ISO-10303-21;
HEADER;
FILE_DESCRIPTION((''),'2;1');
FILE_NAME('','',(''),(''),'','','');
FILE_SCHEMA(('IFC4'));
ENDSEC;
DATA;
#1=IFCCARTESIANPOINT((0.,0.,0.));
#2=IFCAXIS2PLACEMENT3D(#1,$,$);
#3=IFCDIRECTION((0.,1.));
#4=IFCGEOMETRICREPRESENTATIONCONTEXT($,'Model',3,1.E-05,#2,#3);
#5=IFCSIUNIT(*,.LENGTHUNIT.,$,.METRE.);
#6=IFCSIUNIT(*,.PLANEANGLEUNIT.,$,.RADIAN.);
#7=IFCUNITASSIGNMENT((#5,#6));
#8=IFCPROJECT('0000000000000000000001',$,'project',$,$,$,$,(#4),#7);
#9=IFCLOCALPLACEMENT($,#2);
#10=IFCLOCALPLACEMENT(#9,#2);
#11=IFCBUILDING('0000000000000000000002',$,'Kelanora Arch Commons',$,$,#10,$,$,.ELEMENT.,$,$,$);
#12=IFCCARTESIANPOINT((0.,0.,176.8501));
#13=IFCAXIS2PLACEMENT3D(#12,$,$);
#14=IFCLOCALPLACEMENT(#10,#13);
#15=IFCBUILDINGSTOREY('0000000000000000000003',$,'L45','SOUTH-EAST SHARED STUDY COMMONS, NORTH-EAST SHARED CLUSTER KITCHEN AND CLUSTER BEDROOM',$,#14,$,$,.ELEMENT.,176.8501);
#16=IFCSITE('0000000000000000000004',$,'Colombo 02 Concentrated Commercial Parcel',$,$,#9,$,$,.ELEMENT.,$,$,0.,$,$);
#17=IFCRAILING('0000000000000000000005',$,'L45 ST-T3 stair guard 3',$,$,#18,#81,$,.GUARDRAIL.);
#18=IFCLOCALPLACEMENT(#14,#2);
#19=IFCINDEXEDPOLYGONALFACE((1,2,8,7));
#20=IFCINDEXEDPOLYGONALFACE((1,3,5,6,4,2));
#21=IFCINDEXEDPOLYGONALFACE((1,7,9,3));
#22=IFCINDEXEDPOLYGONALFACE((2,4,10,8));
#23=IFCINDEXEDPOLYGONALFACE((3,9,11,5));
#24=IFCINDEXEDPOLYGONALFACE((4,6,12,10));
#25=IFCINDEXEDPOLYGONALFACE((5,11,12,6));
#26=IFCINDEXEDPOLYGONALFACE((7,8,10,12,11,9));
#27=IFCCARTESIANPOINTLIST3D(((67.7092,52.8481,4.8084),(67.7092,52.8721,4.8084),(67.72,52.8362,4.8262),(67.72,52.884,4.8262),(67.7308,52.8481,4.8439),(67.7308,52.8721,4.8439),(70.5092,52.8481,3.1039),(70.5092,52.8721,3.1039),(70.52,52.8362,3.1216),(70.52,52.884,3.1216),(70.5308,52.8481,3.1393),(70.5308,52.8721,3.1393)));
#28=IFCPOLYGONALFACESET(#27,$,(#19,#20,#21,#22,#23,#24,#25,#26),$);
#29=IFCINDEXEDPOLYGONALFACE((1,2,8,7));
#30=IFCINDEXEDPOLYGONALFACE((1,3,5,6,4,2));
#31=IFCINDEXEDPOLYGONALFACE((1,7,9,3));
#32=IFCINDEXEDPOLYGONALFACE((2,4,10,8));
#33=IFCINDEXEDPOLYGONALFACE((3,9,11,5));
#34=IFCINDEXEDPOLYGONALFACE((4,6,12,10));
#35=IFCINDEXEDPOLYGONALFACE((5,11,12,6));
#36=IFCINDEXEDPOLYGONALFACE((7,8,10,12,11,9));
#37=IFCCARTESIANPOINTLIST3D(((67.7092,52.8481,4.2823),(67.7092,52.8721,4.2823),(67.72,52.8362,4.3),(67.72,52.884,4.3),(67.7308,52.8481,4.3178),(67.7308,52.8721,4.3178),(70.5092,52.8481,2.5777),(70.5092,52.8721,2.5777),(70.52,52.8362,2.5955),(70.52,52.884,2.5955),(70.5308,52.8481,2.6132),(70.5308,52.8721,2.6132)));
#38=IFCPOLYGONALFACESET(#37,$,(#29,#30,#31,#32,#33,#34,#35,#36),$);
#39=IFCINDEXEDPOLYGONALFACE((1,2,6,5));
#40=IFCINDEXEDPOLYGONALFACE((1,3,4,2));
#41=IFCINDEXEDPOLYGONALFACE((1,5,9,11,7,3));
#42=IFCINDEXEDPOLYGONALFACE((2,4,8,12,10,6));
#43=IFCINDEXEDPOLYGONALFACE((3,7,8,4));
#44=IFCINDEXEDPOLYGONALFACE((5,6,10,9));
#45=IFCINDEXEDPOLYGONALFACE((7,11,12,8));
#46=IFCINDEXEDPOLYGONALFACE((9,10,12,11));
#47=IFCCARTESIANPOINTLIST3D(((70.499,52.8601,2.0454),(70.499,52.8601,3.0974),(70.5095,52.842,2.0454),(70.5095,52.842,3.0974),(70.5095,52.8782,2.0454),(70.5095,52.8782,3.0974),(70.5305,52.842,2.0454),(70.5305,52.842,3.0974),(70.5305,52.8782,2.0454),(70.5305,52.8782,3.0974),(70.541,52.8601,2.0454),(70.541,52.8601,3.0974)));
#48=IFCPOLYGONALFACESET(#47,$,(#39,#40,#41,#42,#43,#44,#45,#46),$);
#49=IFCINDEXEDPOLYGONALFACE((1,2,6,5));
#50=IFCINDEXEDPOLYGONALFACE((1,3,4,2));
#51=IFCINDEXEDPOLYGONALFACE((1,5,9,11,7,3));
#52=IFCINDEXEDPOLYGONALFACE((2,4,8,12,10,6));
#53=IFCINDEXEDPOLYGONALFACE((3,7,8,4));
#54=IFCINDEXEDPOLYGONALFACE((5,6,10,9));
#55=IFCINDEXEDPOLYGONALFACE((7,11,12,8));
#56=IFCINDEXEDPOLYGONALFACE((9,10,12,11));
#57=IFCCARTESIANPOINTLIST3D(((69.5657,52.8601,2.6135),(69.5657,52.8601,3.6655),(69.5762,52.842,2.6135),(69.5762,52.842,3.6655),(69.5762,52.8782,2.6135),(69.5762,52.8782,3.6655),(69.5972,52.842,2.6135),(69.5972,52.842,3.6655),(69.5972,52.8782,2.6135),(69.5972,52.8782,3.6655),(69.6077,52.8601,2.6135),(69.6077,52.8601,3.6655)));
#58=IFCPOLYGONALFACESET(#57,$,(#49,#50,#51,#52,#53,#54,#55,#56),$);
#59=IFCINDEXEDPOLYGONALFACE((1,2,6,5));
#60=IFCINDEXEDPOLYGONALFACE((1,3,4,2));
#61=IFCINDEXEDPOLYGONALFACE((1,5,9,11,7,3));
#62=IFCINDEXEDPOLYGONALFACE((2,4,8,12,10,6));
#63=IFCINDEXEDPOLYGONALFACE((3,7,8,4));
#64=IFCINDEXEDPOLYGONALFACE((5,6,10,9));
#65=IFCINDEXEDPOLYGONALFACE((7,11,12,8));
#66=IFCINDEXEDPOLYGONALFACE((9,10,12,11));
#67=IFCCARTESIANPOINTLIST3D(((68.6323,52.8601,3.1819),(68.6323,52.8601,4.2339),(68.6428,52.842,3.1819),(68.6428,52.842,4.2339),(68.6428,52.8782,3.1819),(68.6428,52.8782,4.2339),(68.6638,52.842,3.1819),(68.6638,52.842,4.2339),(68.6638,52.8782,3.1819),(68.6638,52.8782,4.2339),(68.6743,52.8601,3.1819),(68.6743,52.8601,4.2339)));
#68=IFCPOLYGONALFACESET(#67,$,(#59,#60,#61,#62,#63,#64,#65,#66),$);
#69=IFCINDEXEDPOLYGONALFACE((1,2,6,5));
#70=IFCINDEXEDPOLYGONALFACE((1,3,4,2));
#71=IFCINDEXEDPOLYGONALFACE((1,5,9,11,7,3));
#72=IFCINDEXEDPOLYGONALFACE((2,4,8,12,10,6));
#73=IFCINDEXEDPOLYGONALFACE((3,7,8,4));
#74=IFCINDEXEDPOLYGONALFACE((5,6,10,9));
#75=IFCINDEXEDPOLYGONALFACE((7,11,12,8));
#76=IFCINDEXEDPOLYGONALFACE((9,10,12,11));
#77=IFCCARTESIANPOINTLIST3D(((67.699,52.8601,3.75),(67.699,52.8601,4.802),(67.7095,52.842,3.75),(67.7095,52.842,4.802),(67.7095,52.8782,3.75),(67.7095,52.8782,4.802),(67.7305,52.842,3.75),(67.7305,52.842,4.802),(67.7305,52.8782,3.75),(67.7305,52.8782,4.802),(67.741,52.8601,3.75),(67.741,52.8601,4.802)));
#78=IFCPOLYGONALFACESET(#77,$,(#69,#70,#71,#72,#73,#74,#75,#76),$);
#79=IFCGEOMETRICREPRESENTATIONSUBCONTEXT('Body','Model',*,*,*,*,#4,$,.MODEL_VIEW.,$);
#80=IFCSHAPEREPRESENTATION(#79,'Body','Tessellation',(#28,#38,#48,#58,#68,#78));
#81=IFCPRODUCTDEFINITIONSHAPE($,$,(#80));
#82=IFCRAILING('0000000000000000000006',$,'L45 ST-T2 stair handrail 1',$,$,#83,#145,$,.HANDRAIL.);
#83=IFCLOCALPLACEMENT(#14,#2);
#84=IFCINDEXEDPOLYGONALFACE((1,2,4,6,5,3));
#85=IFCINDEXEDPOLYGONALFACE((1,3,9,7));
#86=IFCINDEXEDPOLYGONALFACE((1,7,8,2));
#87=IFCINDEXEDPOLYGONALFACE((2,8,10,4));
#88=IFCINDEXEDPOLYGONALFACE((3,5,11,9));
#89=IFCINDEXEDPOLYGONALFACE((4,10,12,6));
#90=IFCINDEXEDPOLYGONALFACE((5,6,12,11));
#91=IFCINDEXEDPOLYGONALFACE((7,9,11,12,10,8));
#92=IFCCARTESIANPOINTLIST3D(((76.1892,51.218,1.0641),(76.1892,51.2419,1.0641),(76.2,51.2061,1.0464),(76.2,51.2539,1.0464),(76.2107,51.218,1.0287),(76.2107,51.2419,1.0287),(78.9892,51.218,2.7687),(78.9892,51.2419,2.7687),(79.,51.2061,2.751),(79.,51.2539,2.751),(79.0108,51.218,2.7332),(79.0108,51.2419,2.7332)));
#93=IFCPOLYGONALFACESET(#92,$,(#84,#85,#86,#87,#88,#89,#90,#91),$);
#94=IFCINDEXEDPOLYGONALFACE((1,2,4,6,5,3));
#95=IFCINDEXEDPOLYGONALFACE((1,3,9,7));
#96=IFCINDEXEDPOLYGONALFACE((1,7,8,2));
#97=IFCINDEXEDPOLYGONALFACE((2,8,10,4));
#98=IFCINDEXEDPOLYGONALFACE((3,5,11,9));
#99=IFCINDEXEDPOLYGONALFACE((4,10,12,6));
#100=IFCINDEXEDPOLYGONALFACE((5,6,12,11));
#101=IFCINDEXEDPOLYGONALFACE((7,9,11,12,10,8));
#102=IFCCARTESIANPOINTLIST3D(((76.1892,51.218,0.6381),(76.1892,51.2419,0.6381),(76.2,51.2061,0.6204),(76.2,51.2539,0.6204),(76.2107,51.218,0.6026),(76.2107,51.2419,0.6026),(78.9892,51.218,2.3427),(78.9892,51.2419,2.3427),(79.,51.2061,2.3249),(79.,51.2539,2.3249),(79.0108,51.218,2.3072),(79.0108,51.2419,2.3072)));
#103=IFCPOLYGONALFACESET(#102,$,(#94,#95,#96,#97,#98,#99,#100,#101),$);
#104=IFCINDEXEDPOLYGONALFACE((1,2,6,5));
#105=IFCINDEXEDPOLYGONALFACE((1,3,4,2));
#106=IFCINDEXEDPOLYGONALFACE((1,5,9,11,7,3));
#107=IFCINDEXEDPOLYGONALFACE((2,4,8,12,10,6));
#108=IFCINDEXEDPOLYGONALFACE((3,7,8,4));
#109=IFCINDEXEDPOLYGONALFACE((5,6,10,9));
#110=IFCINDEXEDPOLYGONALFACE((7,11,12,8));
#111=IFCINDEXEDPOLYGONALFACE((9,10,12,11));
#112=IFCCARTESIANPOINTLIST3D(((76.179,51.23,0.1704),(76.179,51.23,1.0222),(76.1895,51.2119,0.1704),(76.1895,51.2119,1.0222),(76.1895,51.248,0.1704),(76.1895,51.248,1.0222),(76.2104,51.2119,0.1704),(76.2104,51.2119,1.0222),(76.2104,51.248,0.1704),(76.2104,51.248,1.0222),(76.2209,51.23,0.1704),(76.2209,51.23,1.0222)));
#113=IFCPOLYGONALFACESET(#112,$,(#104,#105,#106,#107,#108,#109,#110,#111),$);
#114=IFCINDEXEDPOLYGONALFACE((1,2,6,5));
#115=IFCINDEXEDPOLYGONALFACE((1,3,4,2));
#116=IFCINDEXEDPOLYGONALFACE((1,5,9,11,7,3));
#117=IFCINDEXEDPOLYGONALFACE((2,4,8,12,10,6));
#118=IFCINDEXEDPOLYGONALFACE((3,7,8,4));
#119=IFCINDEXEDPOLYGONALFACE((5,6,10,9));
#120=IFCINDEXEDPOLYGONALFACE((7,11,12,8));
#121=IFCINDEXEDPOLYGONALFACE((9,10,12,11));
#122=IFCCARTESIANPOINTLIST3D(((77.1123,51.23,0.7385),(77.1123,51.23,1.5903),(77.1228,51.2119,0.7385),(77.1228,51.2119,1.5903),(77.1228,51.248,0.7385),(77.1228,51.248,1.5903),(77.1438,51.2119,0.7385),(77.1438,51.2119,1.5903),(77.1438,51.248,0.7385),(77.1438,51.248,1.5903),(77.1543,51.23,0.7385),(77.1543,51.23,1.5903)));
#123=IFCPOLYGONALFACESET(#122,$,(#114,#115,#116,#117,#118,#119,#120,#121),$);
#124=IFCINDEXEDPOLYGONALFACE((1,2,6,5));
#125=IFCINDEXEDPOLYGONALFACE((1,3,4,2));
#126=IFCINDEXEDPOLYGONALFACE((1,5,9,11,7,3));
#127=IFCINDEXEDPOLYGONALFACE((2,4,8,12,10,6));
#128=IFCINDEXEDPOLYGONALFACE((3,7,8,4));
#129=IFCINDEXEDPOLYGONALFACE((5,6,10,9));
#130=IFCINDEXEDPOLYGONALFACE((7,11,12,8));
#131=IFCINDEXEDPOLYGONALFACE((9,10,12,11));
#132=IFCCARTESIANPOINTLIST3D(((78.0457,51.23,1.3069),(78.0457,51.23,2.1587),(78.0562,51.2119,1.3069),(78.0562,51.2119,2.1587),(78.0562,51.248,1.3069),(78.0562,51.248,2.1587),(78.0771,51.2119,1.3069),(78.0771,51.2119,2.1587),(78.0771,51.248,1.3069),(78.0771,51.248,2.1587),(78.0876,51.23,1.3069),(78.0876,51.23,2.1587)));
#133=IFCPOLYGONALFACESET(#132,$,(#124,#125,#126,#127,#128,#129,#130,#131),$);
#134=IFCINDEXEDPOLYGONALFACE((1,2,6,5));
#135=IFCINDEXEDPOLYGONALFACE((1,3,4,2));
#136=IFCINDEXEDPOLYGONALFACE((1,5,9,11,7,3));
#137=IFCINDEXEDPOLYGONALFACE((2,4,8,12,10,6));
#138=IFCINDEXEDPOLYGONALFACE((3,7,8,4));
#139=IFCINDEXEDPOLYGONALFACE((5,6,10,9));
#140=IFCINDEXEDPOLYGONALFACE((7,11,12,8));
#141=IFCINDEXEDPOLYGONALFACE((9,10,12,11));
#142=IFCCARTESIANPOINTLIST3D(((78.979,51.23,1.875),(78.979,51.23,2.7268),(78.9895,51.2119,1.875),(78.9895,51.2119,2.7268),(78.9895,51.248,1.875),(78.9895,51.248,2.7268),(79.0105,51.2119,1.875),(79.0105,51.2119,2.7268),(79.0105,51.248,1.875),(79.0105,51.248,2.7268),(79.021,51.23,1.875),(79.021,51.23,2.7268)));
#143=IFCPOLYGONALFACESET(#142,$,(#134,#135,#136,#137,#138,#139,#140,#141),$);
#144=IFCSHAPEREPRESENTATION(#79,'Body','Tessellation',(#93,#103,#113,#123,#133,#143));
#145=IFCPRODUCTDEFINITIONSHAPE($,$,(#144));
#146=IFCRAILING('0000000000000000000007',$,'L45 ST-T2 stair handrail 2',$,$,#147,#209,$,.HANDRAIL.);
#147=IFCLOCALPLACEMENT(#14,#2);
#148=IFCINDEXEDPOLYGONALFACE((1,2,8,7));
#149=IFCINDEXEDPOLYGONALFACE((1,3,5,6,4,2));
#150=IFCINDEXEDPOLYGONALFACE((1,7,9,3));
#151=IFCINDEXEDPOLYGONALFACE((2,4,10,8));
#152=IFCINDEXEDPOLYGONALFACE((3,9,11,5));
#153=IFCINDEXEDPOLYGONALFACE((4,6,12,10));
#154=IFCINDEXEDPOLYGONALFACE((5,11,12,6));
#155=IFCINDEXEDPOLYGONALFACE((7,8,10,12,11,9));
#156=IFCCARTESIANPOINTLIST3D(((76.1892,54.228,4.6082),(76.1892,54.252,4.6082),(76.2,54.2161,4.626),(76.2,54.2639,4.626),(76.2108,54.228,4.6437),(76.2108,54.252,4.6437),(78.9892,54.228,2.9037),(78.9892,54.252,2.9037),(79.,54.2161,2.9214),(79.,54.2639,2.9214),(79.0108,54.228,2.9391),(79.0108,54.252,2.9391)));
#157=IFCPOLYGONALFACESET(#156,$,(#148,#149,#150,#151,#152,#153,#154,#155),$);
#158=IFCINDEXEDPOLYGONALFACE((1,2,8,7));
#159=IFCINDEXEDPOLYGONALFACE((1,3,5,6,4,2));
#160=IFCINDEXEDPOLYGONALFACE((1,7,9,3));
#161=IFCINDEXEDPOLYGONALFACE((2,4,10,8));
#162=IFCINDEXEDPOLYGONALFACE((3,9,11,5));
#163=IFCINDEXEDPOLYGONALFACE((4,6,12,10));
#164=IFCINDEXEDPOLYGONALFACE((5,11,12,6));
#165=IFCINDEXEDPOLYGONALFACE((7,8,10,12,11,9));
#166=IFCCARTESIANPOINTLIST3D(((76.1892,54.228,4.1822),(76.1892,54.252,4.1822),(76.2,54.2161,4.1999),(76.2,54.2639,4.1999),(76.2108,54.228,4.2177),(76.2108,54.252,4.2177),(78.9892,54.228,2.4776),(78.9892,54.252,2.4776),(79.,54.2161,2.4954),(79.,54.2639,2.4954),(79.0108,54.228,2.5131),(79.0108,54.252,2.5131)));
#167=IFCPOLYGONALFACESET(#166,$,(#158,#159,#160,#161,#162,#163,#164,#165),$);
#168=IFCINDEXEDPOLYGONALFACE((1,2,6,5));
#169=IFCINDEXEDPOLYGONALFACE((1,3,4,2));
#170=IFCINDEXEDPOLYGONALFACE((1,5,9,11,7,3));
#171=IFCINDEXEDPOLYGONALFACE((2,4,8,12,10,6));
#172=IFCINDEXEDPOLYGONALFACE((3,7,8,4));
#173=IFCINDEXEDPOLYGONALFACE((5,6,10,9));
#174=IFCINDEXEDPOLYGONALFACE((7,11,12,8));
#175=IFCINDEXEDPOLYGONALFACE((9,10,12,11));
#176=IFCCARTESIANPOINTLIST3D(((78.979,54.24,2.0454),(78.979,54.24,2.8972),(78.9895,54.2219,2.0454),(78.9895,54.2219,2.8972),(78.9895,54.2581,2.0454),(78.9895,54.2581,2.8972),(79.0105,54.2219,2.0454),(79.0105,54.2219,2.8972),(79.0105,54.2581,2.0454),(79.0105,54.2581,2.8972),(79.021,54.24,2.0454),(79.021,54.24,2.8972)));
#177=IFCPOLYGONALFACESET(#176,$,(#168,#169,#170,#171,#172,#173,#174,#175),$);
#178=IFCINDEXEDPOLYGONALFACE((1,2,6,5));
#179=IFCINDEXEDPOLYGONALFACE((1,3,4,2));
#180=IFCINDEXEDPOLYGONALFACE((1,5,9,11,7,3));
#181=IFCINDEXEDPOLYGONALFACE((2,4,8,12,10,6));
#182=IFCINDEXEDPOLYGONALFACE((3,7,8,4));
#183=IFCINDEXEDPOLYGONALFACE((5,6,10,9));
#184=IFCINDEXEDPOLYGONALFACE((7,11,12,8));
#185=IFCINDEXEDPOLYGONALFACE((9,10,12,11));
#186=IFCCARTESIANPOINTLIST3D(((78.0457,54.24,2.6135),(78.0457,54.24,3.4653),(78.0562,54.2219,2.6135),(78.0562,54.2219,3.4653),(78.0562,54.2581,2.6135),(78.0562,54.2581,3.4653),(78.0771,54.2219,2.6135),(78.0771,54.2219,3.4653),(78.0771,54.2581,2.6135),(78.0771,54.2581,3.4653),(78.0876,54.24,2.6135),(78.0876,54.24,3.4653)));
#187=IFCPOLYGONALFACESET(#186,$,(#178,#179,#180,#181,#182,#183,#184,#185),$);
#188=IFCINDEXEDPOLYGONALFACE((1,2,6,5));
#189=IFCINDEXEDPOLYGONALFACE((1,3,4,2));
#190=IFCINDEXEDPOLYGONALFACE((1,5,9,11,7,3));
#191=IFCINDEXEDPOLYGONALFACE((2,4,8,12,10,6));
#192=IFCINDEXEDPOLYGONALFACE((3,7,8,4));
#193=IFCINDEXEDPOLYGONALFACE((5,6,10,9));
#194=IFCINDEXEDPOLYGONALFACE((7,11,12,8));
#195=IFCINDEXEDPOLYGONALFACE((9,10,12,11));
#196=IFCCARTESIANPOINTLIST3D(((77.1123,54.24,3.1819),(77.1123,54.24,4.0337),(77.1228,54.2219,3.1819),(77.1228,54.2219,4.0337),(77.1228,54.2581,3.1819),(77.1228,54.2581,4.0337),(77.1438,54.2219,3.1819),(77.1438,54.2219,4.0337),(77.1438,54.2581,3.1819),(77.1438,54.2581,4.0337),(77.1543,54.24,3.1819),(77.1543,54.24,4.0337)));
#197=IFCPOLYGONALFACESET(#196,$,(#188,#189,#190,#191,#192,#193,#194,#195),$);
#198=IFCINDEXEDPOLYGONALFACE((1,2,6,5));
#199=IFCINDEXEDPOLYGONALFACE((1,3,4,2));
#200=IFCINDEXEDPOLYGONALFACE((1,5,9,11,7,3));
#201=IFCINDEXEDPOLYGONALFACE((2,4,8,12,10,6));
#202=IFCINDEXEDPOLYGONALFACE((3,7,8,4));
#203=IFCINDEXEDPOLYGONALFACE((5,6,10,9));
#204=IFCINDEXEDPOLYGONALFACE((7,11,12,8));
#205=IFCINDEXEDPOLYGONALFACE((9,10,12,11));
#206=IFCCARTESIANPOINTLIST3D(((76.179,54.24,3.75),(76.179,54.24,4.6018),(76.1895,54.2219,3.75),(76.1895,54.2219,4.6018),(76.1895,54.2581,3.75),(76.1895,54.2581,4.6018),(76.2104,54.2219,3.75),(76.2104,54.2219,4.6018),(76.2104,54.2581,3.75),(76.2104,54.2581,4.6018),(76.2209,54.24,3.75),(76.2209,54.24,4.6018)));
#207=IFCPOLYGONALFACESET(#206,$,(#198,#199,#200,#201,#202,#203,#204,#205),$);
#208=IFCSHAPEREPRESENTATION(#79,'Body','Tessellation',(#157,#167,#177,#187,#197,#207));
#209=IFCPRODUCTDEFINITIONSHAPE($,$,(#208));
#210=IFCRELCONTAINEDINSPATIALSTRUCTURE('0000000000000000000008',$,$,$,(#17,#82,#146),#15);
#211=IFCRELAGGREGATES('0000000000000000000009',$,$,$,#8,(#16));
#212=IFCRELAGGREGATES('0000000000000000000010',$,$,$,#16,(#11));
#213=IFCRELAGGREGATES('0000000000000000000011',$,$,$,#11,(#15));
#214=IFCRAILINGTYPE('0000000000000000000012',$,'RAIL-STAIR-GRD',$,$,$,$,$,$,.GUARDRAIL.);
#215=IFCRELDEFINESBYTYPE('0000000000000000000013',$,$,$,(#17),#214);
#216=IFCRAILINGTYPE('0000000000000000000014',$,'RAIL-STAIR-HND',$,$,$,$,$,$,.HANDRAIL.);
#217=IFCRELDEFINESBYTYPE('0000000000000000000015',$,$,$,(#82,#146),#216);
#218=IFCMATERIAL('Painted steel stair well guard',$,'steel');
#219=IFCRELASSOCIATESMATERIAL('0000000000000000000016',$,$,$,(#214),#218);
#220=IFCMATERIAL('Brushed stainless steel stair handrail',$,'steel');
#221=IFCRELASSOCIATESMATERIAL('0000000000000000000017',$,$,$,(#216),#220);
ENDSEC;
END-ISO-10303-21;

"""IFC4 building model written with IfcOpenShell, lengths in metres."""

from ifc_helpers import new_model, si_unit, direction, frame, origin, place, context, subcontext, project, spatial, polyline, outline, extrude, material, type_object, element, save


model = new_model("IFC4")

# Units and contexts
model_context = context("Model", 3, precision=1e-05, world=origin(), true_north=direction((0.0, 1.0)))
body_context = subcontext(model_context, "Body", "Model", "MODEL_VIEW")
ifc_project = project(units=[si_unit("LENGTHUNIT", "METRE"), si_unit("PLANEANGLEUNIT", "RADIAN")], contexts=[model_context])

# Site, building, storey
site_placement = place(None, origin())
site = spatial("IfcSite", under=ifc_project, at=site_placement, Name="Colombo 02 Concentrated Commercial Parcel", CompositionType="ELEMENT", RefElevation=0.0)
building_placement = place(site_placement, origin())
building = spatial("IfcBuilding", under=site, at=building_placement, Name="Kelanora Arch Commons", CompositionType="ELEMENT")
storey_placement = place(building_placement, frame((0.0, 0.0, 176.8501)))
storey = spatial("IfcBuildingStorey", under=building, at=storey_placement, Name="L45", Description="SOUTH-EAST SHARED STUDY COMMONS, NORTH-EAST SHARED CLUSTER KITCHEN AND CLUSTER BEDROOM", CompositionType="ELEMENT", Elevation=176.8501)

# Railings
ifc_material_1 = material(Name="Painted steel stair well guard", Category="steel")
railing_type_1 = type_object("IfcRailingType", Name="RAIL-STAIR-GRD", PredefinedType="GUARDRAIL", material=ifc_material_1)
railing_1_placement = place(storey_placement, frame((70.52, 52.8601, 2.0454)))
element("IfcRailing", 1, at=railing_1_placement, inside=storey, type_object=railing_type_1, Name="L45 ST-T3 stair guard 3", PredefinedType="GUARDRAIL", context=body_context, shape_type="SweptSolid", body=[
    extrude(outline(polyline([(0.0239, 0.0), (0.012, 0.0208), (-0.012, 0.0208), (-0.0239, 0.0), (-0.012, -0.0208), (0.012, -0.0208), (0.0239, 0.0)])), frame((0.0, 0.0, 1.0762), z_axis=(-0.85417, 0.0, 0.519994), x_axis=(0.0, -1.0, 0.0)), (0.0, 0.0, 1.0), 3.2781),
    extrude(outline(polyline([(0.0239, 0.0), (0.012, 0.0208), (-0.012, 0.0208), (-0.0239, 0.0), (-0.012, -0.0208), (0.012, -0.0208), (0.0239, 0.0)])), frame((0.0, 0.0, 0.55), z_axis=(-0.85417, 0.0, 0.519994), x_axis=(0.0, -1.0, 0.0)), (0.0, 0.0, 1.0), 3.2781),
    extrude(outline(polyline([(0.021, 0.0), (0.0105, 0.0181), (-0.0105, 0.0181), (-0.021, 0.0), (-0.0105, -0.0181), (0.0105, -0.0181), (0.021, 0.0)])), origin(), (0.0, 0.0, 1.0), 1.052),
    extrude(outline(polyline([(0.021, 0.0), (0.0105, 0.0181), (-0.0105, 0.0181), (-0.021, 0.0), (-0.0105, -0.0181), (0.0105, -0.0181), (0.021, 0.0)])), frame((-0.9333, 0.0, 0.5681)), (0.0, 0.0, 1.0), 1.052),
    extrude(outline(polyline([(0.021, 0.0), (0.0105, 0.0181), (-0.0105, 0.0181), (-0.021, 0.0), (-0.0105, -0.0181), (0.0105, -0.0181), (0.021, 0.0)])), frame((-1.8667, 0.0, 1.1365)), (0.0, 0.0, 1.0), 1.052),
    extrude(outline(polyline([(0.021, 0.0), (0.0105, 0.0181), (-0.0105, 0.0181), (-0.021, 0.0), (-0.0105, -0.0181), (0.0105, -0.0181), (0.021, 0.0)])), frame((-2.8, 0.0, 1.7046)), (0.0, 0.0, 1.0), 1.052),
])
ifc_material_2 = material(Name="Brushed stainless steel stair handrail", Category="steel")
railing_type_2 = type_object("IfcRailingType", Name="RAIL-STAIR-HND", PredefinedType="HANDRAIL", material=ifc_material_2)
railing_2_placement = place(storey_placement, frame((76.2, 51.23, 0.1704)))
element("IfcRailing", 2, at=railing_2_placement, inside=storey, type_object=railing_type_2, Name="L45 ST-T2 stair handrail 1", PredefinedType="HANDRAIL", context=body_context, shape_type="SweptSolid", body=[
    extrude(outline(polyline([(0.0239, 0.0), (0.012, 0.0208), (-0.012, 0.0208), (-0.0239, 0.0), (-0.012, -0.0208), (0.012, -0.0208), (0.0239, 0.0)])), frame((0.0, 0.0, 0.876), z_axis=(0.85417, 0.0, 0.519994), x_axis=(0.0, 1.0, 0.0)), (0.0, 0.0, 1.0), 3.2781),
    extrude(outline(polyline([(0.0239, 0.0), (0.012, 0.0208), (-0.012, 0.0208), (-0.0239, 0.0), (-0.012, -0.0208), (0.012, -0.0208), (0.0239, 0.0)])), frame((0.0, 0.0, 0.45), z_axis=(0.85417, 0.0, 0.519994), x_axis=(0.0, 1.0, 0.0)), (0.0, 0.0, 1.0), 3.2781),
    extrude(outline(polyline([(0.021, 0.0), (0.0105, 0.0181), (-0.0105, 0.0181), (-0.021, 0.0), (-0.0105, -0.0181), (0.0105, -0.0181), (0.021, 0.0)])), origin(), (0.0, 0.0, 1.0), 0.8518),
    extrude(outline(polyline([(0.021, 0.0), (0.0105, 0.0181), (-0.0105, 0.0181), (-0.021, 0.0), (-0.0105, -0.0181), (0.0105, -0.0181), (0.021, 0.0)])), frame((0.9333, 0.0, 0.5681)), (0.0, 0.0, 1.0), 0.8518),
    extrude(outline(polyline([(0.021, 0.0), (0.0105, 0.0181), (-0.0105, 0.0181), (-0.021, 0.0), (-0.0105, -0.0181), (0.0105, -0.0181), (0.021, 0.0)])), frame((1.8667, 0.0, 1.1365)), (0.0, 0.0, 1.0), 0.8518),
    extrude(outline(polyline([(0.021, 0.0), (0.0105, 0.0181), (-0.0105, 0.0181), (-0.021, 0.0), (-0.0105, -0.0181), (0.0105, -0.0181), (0.021, 0.0)])), frame((2.8, 0.0, 1.7046)), (0.0, 0.0, 1.0), 0.8518),
])
railing_3_placement = place(storey_placement, frame((79.0, 54.24, 2.0454)))
element("IfcRailing", 3, at=railing_3_placement, inside=storey, type_object=railing_type_2, Name="L45 ST-T2 stair handrail 2", PredefinedType="HANDRAIL", context=body_context, shape_type="SweptSolid", body=[
    extrude(outline(polyline([(0.0239, 0.0), (0.012, 0.0208), (-0.012, 0.0208), (-0.0239, 0.0), (-0.012, -0.0208), (0.012, -0.0208), (0.0239, 0.0)])), frame((0.0, 0.0, 0.876), z_axis=(-0.85417, 0.0, 0.519994), x_axis=(0.0, -1.0, 0.0)), (0.0, 0.0, 1.0), 3.2781),
    extrude(outline(polyline([(0.0239, 0.0), (0.012, 0.0208), (-0.012, 0.0208), (-0.0239, 0.0), (-0.012, -0.0208), (0.012, -0.0208), (0.0239, 0.0)])), frame((0.0, 0.0, 0.45), z_axis=(-0.85417, 0.0, 0.519994), x_axis=(0.0, -1.0, 0.0)), (0.0, 0.0, 1.0), 3.2781),
    extrude(outline(polyline([(0.021, 0.0), (0.0105, 0.0181), (-0.0105, 0.0181), (-0.021, 0.0), (-0.0105, -0.0181), (0.0105, -0.0181), (0.021, 0.0)])), origin(), (0.0, 0.0, 1.0), 0.8518),
    extrude(outline(polyline([(0.021, 0.0), (0.0105, 0.0181), (-0.0105, 0.0181), (-0.021, 0.0), (-0.0105, -0.0181), (0.0105, -0.0181), (0.021, 0.0)])), frame((-0.9333, 0.0, 0.5681)), (0.0, 0.0, 1.0), 0.8518),
    extrude(outline(polyline([(0.021, 0.0), (0.0105, 0.0181), (-0.0105, 0.0181), (-0.021, 0.0), (-0.0105, -0.0181), (0.0105, -0.0181), (0.021, 0.0)])), frame((-1.8667, 0.0, 1.1365)), (0.0, 0.0, 1.0), 0.8518),
    extrude(outline(polyline([(0.021, 0.0), (0.0105, 0.0181), (-0.0105, 0.0181), (-0.021, 0.0), (-0.0105, -0.0181), (0.0105, -0.0181), (0.021, 0.0)])), frame((-2.8, 0.0, 1.7046)), (0.0, 0.0, 1.0), 0.8518),
])

save(model, "model.ifc")
